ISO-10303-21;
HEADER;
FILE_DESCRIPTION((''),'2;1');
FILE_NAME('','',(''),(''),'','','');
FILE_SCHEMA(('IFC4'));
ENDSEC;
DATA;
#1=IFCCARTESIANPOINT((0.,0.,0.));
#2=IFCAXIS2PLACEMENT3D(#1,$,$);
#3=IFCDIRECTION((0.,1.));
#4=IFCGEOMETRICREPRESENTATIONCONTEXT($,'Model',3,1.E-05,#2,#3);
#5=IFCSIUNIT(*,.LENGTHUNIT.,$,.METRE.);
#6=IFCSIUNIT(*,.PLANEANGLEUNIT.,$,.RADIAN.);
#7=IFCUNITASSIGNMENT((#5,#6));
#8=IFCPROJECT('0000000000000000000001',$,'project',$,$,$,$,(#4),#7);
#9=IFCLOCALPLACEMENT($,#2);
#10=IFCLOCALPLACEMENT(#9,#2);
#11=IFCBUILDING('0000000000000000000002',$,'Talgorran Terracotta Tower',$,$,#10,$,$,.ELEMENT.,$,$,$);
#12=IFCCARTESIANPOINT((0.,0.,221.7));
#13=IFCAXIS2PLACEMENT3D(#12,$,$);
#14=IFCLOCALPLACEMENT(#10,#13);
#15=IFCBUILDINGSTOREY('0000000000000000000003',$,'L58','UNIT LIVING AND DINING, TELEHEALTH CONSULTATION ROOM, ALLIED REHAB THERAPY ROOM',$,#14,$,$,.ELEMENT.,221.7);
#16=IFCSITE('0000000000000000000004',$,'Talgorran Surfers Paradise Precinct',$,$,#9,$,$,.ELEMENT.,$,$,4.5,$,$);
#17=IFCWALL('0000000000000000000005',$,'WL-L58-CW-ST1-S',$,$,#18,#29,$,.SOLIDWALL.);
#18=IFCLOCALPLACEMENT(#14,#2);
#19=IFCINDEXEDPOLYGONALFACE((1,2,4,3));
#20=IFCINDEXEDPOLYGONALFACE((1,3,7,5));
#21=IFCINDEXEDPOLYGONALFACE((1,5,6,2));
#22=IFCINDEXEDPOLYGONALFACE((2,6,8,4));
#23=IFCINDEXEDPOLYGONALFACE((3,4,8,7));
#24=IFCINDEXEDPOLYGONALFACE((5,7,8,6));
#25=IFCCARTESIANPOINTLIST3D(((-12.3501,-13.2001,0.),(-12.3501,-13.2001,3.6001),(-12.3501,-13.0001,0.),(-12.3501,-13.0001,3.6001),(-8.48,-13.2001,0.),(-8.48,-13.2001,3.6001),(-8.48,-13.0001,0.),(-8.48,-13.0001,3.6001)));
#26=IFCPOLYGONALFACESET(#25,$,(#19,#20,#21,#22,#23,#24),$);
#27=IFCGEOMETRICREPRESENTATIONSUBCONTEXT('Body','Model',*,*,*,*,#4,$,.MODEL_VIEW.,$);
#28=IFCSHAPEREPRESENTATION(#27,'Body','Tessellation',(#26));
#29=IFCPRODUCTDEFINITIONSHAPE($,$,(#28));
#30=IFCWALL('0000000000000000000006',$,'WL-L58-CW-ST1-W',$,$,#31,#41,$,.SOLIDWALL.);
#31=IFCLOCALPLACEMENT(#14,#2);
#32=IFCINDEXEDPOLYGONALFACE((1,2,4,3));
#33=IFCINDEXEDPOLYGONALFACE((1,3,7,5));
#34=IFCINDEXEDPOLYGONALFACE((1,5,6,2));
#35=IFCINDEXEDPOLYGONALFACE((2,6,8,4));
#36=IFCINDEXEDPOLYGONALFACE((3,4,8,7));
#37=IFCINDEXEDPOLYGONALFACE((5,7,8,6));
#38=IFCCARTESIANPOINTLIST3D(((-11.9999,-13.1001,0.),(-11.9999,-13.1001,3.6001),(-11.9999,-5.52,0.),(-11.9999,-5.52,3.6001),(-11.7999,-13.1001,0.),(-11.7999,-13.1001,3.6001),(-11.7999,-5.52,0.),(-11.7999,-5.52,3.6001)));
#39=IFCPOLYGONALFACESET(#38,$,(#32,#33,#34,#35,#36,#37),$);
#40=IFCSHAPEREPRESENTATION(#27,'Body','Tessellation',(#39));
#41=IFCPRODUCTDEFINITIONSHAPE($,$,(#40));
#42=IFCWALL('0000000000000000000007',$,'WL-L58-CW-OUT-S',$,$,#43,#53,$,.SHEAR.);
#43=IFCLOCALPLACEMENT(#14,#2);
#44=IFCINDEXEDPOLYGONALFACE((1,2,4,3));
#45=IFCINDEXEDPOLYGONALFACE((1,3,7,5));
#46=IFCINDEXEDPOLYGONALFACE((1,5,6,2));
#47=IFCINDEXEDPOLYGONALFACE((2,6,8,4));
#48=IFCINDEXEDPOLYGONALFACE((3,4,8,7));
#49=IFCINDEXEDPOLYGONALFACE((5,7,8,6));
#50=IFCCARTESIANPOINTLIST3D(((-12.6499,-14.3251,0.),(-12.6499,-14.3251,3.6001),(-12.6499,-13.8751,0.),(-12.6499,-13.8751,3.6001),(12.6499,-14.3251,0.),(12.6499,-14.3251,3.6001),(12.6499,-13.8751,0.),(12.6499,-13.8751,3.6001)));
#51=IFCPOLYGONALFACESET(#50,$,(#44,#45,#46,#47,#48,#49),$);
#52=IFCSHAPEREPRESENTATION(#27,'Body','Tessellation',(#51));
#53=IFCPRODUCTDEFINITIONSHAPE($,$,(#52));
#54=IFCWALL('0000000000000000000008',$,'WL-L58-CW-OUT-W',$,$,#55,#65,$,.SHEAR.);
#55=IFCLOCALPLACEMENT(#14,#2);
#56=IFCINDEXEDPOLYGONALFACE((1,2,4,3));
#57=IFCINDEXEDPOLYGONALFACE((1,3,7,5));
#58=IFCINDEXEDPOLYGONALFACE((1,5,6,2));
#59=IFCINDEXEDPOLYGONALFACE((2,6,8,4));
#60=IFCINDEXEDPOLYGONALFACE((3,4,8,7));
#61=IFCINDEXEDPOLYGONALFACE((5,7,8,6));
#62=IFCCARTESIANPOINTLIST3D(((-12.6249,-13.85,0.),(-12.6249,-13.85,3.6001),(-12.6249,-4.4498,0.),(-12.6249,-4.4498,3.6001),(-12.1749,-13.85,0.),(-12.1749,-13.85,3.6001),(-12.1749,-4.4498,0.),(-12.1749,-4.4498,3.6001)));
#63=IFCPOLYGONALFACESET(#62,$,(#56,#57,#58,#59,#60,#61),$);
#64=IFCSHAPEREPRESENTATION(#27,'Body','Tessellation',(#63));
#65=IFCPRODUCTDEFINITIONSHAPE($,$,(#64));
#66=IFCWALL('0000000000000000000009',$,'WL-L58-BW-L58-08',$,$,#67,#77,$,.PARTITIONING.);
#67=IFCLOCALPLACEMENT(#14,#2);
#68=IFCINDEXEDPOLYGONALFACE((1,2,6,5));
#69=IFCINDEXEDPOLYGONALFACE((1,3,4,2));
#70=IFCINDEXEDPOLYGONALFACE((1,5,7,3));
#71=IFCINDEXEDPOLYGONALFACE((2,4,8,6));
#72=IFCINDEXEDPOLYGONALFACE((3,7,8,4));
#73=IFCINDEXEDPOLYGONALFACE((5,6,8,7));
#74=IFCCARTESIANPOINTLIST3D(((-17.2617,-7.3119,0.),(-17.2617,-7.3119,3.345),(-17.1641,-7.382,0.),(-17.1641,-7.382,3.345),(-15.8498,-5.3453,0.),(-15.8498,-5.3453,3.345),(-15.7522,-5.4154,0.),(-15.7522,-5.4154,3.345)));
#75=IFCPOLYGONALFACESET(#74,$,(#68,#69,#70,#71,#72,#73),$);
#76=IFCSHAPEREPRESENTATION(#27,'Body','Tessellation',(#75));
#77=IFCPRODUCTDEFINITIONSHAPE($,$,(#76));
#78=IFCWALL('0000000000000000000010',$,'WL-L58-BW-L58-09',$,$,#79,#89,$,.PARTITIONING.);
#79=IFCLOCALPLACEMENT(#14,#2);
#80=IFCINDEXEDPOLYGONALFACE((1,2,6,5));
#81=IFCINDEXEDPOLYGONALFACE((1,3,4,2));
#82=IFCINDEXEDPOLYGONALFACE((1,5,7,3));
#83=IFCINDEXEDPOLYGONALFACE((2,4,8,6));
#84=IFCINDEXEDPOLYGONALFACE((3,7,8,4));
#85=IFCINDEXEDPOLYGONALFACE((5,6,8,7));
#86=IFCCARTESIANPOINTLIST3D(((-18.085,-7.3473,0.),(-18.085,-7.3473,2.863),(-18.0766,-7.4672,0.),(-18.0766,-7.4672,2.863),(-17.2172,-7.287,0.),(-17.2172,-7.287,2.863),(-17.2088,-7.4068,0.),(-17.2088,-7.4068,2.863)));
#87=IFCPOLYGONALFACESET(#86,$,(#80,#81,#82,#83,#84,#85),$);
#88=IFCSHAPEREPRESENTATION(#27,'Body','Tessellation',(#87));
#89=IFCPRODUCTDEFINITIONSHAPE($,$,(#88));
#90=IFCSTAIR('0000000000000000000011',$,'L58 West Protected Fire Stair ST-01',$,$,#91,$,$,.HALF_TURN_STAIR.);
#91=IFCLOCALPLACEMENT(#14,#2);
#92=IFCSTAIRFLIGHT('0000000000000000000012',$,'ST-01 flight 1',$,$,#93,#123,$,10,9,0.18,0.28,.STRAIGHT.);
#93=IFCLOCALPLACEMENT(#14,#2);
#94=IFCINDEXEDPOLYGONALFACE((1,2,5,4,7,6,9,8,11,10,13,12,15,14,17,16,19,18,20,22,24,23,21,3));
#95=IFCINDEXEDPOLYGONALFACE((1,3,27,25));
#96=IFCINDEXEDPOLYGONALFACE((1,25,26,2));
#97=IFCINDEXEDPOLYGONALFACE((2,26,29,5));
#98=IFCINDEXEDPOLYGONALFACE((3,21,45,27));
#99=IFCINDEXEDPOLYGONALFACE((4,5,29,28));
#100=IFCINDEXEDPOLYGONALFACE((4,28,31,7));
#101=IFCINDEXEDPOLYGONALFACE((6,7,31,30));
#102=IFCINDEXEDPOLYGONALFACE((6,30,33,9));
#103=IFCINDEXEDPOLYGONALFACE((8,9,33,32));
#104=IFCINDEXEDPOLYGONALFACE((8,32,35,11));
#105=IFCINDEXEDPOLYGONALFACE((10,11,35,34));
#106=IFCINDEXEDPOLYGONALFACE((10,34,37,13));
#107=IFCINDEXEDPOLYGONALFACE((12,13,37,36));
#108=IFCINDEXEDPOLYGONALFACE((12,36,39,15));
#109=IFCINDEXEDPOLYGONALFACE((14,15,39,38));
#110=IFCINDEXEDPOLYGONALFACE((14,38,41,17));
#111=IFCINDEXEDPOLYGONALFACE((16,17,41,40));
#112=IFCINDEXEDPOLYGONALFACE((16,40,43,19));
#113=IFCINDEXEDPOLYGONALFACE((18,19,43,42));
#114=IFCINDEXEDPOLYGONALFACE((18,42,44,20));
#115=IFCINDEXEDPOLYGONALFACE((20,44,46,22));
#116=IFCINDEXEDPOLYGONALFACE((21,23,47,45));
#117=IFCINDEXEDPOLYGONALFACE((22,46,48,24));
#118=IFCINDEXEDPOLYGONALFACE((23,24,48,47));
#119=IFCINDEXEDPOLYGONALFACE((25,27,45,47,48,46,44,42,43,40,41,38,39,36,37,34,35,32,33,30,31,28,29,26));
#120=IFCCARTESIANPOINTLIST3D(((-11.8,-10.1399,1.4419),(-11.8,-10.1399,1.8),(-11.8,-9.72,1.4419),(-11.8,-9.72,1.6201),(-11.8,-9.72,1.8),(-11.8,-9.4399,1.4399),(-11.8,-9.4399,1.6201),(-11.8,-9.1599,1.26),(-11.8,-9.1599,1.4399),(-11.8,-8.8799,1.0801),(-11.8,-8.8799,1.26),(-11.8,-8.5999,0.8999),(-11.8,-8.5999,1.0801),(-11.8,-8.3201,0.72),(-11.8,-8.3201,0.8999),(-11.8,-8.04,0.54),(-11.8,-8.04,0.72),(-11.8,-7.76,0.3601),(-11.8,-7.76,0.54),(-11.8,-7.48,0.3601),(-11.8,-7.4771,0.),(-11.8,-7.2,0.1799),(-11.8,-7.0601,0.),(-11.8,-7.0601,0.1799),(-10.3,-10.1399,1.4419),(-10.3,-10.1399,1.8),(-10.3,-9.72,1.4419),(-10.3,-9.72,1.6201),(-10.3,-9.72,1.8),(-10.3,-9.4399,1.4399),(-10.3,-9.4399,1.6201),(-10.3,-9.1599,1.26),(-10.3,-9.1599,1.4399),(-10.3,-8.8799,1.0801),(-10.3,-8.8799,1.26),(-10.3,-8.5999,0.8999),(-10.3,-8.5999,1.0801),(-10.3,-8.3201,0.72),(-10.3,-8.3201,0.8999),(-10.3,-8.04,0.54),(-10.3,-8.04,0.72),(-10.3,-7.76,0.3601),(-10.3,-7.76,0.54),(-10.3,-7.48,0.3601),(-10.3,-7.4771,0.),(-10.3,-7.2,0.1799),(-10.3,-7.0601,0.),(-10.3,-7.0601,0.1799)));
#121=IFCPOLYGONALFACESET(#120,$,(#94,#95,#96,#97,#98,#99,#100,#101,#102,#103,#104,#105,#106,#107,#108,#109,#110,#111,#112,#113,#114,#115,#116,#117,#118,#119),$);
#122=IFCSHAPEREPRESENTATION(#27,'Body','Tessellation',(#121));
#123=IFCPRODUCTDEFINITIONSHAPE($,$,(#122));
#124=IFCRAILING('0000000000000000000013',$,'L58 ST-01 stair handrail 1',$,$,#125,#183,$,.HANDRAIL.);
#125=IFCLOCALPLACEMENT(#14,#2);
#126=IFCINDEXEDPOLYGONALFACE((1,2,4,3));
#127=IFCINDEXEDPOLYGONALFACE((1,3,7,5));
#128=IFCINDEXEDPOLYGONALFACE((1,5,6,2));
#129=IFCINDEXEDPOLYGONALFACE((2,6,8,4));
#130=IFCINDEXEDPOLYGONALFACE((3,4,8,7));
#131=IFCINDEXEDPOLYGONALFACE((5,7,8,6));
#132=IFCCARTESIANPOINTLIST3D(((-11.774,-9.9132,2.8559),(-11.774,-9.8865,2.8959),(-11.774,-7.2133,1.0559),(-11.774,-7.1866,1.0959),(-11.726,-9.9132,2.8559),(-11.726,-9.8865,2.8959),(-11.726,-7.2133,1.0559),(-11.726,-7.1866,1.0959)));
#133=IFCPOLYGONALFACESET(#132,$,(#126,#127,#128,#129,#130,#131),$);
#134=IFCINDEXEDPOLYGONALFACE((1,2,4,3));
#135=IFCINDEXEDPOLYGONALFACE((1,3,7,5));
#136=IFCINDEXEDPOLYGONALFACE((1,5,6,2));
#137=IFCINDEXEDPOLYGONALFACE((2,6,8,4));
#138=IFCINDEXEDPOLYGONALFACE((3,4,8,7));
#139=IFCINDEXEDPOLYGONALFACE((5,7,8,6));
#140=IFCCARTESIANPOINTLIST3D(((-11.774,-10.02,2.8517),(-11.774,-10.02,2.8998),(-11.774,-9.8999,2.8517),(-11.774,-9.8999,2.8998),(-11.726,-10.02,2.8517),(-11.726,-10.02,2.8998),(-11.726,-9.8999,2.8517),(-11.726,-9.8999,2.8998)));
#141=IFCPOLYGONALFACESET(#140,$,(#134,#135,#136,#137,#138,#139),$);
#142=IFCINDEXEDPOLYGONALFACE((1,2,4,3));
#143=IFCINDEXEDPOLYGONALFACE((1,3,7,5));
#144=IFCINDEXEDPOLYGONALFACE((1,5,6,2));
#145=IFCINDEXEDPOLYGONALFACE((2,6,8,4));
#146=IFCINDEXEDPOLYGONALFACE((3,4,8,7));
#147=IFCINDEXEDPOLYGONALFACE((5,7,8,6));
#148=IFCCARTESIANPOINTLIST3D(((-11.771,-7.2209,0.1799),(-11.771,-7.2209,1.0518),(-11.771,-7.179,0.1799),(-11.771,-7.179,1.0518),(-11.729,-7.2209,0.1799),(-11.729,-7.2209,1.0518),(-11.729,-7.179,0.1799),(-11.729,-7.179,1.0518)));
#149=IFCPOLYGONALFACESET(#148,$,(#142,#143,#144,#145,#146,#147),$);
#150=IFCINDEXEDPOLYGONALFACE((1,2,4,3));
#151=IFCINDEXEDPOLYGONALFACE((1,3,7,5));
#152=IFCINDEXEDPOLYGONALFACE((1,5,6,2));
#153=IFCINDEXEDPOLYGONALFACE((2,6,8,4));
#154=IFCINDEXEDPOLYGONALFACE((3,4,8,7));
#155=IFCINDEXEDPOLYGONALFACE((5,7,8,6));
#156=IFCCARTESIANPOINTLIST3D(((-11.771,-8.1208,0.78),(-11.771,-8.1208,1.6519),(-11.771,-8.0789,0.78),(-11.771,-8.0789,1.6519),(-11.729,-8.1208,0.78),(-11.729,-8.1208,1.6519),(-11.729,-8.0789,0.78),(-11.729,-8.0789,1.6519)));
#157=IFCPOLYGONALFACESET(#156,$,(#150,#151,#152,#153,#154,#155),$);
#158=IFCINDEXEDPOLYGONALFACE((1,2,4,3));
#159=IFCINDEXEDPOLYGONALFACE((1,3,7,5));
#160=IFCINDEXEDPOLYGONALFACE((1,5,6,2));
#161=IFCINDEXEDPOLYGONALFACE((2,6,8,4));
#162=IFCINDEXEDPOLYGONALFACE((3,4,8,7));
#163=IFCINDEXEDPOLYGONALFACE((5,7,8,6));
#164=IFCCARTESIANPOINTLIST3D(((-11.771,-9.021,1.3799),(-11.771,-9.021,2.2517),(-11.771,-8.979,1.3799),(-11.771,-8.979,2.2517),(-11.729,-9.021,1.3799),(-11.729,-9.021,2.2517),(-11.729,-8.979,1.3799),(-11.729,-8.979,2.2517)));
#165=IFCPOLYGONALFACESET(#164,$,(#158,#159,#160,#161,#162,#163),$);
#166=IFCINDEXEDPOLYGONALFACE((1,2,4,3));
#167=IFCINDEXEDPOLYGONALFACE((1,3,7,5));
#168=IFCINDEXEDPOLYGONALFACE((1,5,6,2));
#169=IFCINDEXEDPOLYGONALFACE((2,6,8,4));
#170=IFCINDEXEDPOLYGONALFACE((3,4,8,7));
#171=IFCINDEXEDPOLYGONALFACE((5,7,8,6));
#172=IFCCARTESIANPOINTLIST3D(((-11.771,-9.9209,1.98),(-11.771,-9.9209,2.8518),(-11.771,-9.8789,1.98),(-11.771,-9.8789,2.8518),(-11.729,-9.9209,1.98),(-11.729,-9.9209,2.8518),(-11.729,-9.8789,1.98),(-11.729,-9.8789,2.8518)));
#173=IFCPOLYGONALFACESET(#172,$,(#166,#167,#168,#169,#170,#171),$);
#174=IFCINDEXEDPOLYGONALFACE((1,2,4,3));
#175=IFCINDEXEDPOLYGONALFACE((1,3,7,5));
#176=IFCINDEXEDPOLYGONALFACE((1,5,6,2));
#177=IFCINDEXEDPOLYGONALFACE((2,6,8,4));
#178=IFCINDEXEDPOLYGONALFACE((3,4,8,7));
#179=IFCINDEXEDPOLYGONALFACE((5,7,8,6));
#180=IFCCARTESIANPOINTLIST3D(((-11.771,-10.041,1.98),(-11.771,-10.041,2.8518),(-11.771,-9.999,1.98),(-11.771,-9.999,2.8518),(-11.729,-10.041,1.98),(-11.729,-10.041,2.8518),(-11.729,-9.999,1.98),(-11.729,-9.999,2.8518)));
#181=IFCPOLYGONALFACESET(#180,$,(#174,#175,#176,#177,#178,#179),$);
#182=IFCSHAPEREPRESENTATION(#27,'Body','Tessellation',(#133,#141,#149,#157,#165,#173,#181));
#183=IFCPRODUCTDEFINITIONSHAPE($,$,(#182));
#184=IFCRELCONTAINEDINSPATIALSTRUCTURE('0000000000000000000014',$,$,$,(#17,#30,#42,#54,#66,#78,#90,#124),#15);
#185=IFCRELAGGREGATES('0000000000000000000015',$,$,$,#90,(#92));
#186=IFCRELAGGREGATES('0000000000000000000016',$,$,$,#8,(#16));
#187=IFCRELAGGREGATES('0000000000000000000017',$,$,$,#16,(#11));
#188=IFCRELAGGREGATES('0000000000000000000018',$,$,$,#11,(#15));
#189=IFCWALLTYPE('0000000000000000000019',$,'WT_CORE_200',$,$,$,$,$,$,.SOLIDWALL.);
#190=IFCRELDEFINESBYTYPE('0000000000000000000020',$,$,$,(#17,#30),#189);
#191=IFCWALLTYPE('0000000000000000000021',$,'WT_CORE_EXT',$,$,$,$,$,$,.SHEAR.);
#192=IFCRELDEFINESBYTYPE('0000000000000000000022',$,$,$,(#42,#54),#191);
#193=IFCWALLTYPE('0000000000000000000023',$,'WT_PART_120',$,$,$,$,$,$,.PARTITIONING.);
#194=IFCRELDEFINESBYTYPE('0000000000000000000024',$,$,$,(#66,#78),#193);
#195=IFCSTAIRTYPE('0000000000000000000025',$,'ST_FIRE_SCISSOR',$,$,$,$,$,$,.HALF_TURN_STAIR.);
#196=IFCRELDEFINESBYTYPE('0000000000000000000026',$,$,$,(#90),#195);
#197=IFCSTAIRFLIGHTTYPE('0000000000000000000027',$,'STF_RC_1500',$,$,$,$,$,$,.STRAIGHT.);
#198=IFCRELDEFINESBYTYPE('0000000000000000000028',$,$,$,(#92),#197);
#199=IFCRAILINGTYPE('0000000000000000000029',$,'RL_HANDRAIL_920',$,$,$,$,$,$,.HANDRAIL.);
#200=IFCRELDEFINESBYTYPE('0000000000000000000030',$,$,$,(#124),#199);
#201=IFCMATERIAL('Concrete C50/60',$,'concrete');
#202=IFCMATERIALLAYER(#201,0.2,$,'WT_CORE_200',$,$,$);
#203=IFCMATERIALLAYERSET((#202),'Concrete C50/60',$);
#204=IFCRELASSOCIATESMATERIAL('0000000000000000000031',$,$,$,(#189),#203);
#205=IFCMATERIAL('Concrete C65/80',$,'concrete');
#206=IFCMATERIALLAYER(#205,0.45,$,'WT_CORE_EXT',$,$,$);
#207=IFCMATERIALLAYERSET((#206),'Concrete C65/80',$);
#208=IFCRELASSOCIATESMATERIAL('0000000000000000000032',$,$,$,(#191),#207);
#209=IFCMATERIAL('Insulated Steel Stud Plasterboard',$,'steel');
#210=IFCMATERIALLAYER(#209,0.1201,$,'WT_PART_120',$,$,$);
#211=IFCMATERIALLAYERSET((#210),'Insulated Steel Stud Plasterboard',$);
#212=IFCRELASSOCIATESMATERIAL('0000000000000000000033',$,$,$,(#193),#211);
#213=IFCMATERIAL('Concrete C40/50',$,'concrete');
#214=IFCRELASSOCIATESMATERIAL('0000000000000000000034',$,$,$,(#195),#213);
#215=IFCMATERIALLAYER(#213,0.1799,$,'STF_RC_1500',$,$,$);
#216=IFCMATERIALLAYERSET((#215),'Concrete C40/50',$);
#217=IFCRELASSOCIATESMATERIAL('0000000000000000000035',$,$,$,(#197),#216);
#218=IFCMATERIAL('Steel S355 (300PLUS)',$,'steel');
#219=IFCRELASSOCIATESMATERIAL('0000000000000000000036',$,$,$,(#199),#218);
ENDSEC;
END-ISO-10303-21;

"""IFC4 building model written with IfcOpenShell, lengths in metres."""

from ifc_helpers import new_model, si_unit, direction, frame, frame_2d, origin, origin_2d, place, context, subcontext, project, spatial, polyline, rectangle, outline, extrude, material, layer, layer_set, type_object, element, aggregate, save


model = new_model("IFC4")

# Units and contexts
model_context = context("Model", 3, precision=1e-05, world=origin(), true_north=direction((0.0, 1.0)))
body_context = subcontext(model_context, "Body", "Model", "MODEL_VIEW")
ifc_project = project(units=[si_unit("LENGTHUNIT", "METRE"), si_unit("PLANEANGLEUNIT", "RADIAN")], contexts=[model_context])

# Site, building, storey
site_placement = place(None, origin())
site = spatial("IfcSite", under=ifc_project, at=site_placement, Name="Talgorran Surfers Paradise Precinct", CompositionType="ELEMENT", RefElevation=4.5)
building_placement = place(site_placement, origin())
building = spatial("IfcBuilding", under=site, at=building_placement, Name="Talgorran Terracotta Tower", CompositionType="ELEMENT")
storey_placement = place(building_placement, frame((0.0, 0.0, 221.7)))
storey = spatial("IfcBuildingStorey", under=building, at=storey_placement, Name="L58", Description="UNIT LIVING AND DINING, TELEHEALTH CONSULTATION ROOM, ALLIED REHAB THERAPY ROOM", CompositionType="ELEMENT", Elevation=221.7)

# Shared definitions
ifc_material_1 = material(Name="Steel S355 (300PLUS)", Category="steel")

# Walls
ifc_material_2 = material(Name="Concrete C50/60", Category="concrete")
ifc_layer_1 = layer(ifc_material_2, 0.2, Name="WT_CORE_200")
ifc_layer_set_1 = layer_set([ifc_layer_1], Name="Concrete C50/60")
wall_type_1 = type_object("IfcWallType", Name="WT_CORE_200", PredefinedType="SOLIDWALL", material=ifc_layer_set_1)
for number, where, z_axis, x_axis, name in (
    (1, (-12.3501, -13.1001, 0.0), (0.0, 0.0, 1.0), (1.0, 0.0, 0.0), "WL-L58-CW-ST1-S"),
):
    element("IfcWall", number, at=place(storey_placement, frame(where, z_axis=z_axis, x_axis=x_axis)), inside=storey, type_object=wall_type_1, Name=name, PredefinedType="SOLIDWALL", context=body_context, shape_type="SweptSolid", body=[
        extrude(rectangle(XDim=3.8701, YDim=0.2, at=frame_2d((1.9351, 0.0))), origin(), (0.0, 0.0, 1.0), 3.6001),
    ])
wall_1_placement = place(storey_placement, frame((-11.8999, -13.1001, 0.0), z_axis=(0.0, 0.0, 1.0), x_axis=(0.0, 1.0, 0.0)))
element("IfcWall", 2, at=wall_1_placement, inside=storey, type_object=wall_type_1, Name="WL-L58-CW-ST1-W", PredefinedType="SOLIDWALL", context=body_context, shape_type="SweptSolid", body=[
    extrude(rectangle(XDim=7.5801, YDim=0.2, at=frame_2d((3.79, 0.0))), origin(), (0.0, 0.0, 1.0), 3.6001),
])
ifc_material_3 = material(Name="Concrete C65/80", Category="concrete")
ifc_layer_2 = layer(ifc_material_3, 0.45, Name="WT_CORE_EXT")
ifc_layer_set_2 = layer_set([ifc_layer_2], Name="Concrete C65/80")
wall_type_2 = type_object("IfcWallType", Name="WT_CORE_EXT", PredefinedType="SHEAR", material=ifc_layer_set_2)
wall_2_placement = place(storey_placement, frame((-12.6499, -14.1001, 0.0), z_axis=(0.0, 0.0, 1.0), x_axis=(1.0, 0.0, 0.0)))
element("IfcWall", 3, at=wall_2_placement, inside=storey, type_object=wall_type_2, Name="WL-L58-CW-OUT-S", PredefinedType="SHEAR", context=body_context, shape_type="SweptSolid", body=[
    extrude(rectangle(XDim=25.2998, YDim=0.45, at=frame_2d((12.6499, 0.0))), origin(), (0.0, 0.0, 1.0), 3.6001),
])
wall_3_placement = place(storey_placement, frame((-12.3999, -13.8501, 0.0), z_axis=(0.0, 0.0, 1.0), x_axis=(0.0, 1.0, 0.0)))
element("IfcWall", 4, at=wall_3_placement, inside=storey, type_object=wall_type_2, Name="WL-L58-CW-OUT-W", PredefinedType="SHEAR", context=body_context, shape_type="SweptSolid", body=[
    extrude(rectangle(XDim=9.4001, YDim=0.45, at=frame_2d((4.7002, 0.0))), origin(), (0.0, 0.0, 1.0), 3.6001),
])
ifc_material_4 = material(Name="Insulated Steel Stud Plasterboard", Category="steel")
ifc_layer_3 = layer(ifc_material_4, 0.1201, Name="WT_PART_120")
ifc_layer_set_3 = layer_set([ifc_layer_3], Name="Insulated Steel Stud Plasterboard")
wall_type_3 = type_object("IfcWallType", Name="WT_PART_120", PredefinedType="PARTITIONING", material=ifc_layer_set_3)
wall_4_placement = place(storey_placement, frame((-15.801, -5.3804, 0.0), z_axis=(0.0, 0.0, 1.0), x_axis=(-0.583202, -0.812327, 0.0)))
element("IfcWall", 5, at=wall_4_placement, inside=storey, type_object=wall_type_3, Name="WL-L58-BW-L58-08", PredefinedType="PARTITIONING", context=body_context, shape_type="SweptSolid", body=[
    extrude(rectangle(XDim=2.4209, YDim=0.1201, at=frame_2d((1.2104, 0.0))), origin(), (0.0, 0.0, 1.0), 3.345),
])
wall_5_placement = place(storey_placement, frame((-17.2129, -7.3469, 0.0), z_axis=(0.0, 0.0, 1.0), x_axis=(-0.997594, -0.069332, 0.0)))
element("IfcWall", 6, at=wall_5_placement, inside=storey, type_object=wall_type_3, Name="WL-L58-BW-L58-09", PredefinedType="PARTITIONING", context=body_context, shape_type="SweptSolid", body=[
    extrude(rectangle(XDim=0.8699, YDim=0.1201, at=frame_2d((0.4351, 0.0))), origin(), (0.0, 0.0, 1.0), 2.863),
])

# Stair, stair flight
ifc_material_5 = material(Name="Concrete C40/50", Category="concrete")
stair_type = type_object("IfcStairType", Name="ST_FIRE_SCISSOR", PredefinedType="HALF_TURN_STAIR", material=ifc_material_5)
stair_placement = place(storey_placement, origin())
stair = element("IfcStair", 7, at=stair_placement, inside=storey, type_object=stair_type, Name="L58 West Protected Fire Stair ST-01", PredefinedType="HALF_TURN_STAIR")
ifc_layer_4 = layer(ifc_material_5, 0.1799, Name="STF_RC_1500")
ifc_layer_set_4 = layer_set([ifc_layer_4], Name="Concrete C40/50")
stair_flight_type = type_object("IfcStairFlightType", Name="STF_RC_1500", PredefinedType="STRAIGHT", material=ifc_layer_set_4)
stair_flight_placement = place(storey_placement, frame((-11.05, -7.2, 0.0), z_axis=(0.0, 0.0, 1.0), x_axis=(0.0, -1.0, 0.0)))
stair_flight = element("IfcStairFlight", 8, at=stair_flight_placement, type_object=stair_flight_type, Name="ST-01 flight 1", NumberOfRisers=10, NumberOfTreads=9, PredefinedType="STRAIGHT", RiserHeight=0.18, TreadLength=0.28, context=body_context, shape_type="SweptSolid", body=[
    extrude(outline(polyline([(-0.1399, 0.0), (-0.1399, 0.1799), (0.0, 0.1799), (0.28, 0.3601), (0.5601, 0.3601), (0.5601, 0.54), (0.8401, 0.54), (0.8401, 0.72), (1.1201, 0.72), (1.1201, 0.8999), (1.3999, 0.8999), (1.3999, 1.0801), (1.6799, 1.0801), (1.6799, 1.26), (1.96, 1.26), (1.96, 1.4399), (2.24, 1.4399), (2.24, 1.6201), (2.52, 1.6201), (2.52, 1.8), (2.9399, 1.8), (2.9399, 1.4419), (2.52, 1.4419), (0.2771, 0.0), (-0.1399, 0.0)])), frame((0.0, 0.75, 0.0), z_axis=(0.0, -1.0, 0.0), x_axis=(1.0, 0.0, 0.0)), (0.0, 0.0, 1.0), 1.5),
])
aggregate(stair, [stair_flight])

# Railing
railing_type_1 = type_object("IfcRailingType", Name="RL_HANDRAIL_920", PredefinedType="HANDRAIL", material=ifc_material_1)
railing_1_placement = place(storey_placement, frame((-11.75, -7.2, 0.1799)))
element("IfcRailing", 9, at=railing_1_placement, inside=storey, type_object=railing_type_1, Name="L58 ST-01 stair handrail 1", PredefinedType="HANDRAIL", context=body_context, shape_type="SweptSolid", body=[
    extrude(rectangle(XDim=0.0481, YDim=0.0481, at=origin_2d()), frame((0.0, 0.0, 0.896), z_axis=(0.0, -0.832039, 0.554718), x_axis=(1.0, 0.0, 0.0)), (0.0, 0.0, 1.0), 3.2449),
    extrude(rectangle(XDim=0.0481, YDim=0.0481, at=origin_2d()), frame((0.0, -2.7, 2.6958), z_axis=(0.0, -1.0, 0.0), x_axis=(1.0, 0.0, 0.0)), (0.0, 0.0, 1.0), 0.1201),
    extrude(rectangle(XDim=0.042, YDim=0.042, at=origin_2d()), origin(), (0.0, 0.0, 1.0), 0.8718),
    extrude(rectangle(XDim=0.042, YDim=0.042, at=origin_2d()), frame((0.0, -0.8999, 0.6001)), (0.0, 0.0, 1.0), 0.8718),
    extrude(rectangle(XDim=0.042, YDim=0.042, at=origin_2d()), frame((0.0, -1.8, 1.2)), (0.0, 0.0, 1.0), 0.8718),
    extrude(rectangle(XDim=0.042, YDim=0.042, at=origin_2d()), frame((0.0, -2.7, 1.8)), (0.0, 0.0, 1.0), 0.8718),
    extrude(rectangle(XDim=0.042, YDim=0.042, at=origin_2d()), frame((0.0, -2.8201, 1.8)), (0.0, 0.0, 1.0), 0.8718),
])

save(model, "model.ifc")
